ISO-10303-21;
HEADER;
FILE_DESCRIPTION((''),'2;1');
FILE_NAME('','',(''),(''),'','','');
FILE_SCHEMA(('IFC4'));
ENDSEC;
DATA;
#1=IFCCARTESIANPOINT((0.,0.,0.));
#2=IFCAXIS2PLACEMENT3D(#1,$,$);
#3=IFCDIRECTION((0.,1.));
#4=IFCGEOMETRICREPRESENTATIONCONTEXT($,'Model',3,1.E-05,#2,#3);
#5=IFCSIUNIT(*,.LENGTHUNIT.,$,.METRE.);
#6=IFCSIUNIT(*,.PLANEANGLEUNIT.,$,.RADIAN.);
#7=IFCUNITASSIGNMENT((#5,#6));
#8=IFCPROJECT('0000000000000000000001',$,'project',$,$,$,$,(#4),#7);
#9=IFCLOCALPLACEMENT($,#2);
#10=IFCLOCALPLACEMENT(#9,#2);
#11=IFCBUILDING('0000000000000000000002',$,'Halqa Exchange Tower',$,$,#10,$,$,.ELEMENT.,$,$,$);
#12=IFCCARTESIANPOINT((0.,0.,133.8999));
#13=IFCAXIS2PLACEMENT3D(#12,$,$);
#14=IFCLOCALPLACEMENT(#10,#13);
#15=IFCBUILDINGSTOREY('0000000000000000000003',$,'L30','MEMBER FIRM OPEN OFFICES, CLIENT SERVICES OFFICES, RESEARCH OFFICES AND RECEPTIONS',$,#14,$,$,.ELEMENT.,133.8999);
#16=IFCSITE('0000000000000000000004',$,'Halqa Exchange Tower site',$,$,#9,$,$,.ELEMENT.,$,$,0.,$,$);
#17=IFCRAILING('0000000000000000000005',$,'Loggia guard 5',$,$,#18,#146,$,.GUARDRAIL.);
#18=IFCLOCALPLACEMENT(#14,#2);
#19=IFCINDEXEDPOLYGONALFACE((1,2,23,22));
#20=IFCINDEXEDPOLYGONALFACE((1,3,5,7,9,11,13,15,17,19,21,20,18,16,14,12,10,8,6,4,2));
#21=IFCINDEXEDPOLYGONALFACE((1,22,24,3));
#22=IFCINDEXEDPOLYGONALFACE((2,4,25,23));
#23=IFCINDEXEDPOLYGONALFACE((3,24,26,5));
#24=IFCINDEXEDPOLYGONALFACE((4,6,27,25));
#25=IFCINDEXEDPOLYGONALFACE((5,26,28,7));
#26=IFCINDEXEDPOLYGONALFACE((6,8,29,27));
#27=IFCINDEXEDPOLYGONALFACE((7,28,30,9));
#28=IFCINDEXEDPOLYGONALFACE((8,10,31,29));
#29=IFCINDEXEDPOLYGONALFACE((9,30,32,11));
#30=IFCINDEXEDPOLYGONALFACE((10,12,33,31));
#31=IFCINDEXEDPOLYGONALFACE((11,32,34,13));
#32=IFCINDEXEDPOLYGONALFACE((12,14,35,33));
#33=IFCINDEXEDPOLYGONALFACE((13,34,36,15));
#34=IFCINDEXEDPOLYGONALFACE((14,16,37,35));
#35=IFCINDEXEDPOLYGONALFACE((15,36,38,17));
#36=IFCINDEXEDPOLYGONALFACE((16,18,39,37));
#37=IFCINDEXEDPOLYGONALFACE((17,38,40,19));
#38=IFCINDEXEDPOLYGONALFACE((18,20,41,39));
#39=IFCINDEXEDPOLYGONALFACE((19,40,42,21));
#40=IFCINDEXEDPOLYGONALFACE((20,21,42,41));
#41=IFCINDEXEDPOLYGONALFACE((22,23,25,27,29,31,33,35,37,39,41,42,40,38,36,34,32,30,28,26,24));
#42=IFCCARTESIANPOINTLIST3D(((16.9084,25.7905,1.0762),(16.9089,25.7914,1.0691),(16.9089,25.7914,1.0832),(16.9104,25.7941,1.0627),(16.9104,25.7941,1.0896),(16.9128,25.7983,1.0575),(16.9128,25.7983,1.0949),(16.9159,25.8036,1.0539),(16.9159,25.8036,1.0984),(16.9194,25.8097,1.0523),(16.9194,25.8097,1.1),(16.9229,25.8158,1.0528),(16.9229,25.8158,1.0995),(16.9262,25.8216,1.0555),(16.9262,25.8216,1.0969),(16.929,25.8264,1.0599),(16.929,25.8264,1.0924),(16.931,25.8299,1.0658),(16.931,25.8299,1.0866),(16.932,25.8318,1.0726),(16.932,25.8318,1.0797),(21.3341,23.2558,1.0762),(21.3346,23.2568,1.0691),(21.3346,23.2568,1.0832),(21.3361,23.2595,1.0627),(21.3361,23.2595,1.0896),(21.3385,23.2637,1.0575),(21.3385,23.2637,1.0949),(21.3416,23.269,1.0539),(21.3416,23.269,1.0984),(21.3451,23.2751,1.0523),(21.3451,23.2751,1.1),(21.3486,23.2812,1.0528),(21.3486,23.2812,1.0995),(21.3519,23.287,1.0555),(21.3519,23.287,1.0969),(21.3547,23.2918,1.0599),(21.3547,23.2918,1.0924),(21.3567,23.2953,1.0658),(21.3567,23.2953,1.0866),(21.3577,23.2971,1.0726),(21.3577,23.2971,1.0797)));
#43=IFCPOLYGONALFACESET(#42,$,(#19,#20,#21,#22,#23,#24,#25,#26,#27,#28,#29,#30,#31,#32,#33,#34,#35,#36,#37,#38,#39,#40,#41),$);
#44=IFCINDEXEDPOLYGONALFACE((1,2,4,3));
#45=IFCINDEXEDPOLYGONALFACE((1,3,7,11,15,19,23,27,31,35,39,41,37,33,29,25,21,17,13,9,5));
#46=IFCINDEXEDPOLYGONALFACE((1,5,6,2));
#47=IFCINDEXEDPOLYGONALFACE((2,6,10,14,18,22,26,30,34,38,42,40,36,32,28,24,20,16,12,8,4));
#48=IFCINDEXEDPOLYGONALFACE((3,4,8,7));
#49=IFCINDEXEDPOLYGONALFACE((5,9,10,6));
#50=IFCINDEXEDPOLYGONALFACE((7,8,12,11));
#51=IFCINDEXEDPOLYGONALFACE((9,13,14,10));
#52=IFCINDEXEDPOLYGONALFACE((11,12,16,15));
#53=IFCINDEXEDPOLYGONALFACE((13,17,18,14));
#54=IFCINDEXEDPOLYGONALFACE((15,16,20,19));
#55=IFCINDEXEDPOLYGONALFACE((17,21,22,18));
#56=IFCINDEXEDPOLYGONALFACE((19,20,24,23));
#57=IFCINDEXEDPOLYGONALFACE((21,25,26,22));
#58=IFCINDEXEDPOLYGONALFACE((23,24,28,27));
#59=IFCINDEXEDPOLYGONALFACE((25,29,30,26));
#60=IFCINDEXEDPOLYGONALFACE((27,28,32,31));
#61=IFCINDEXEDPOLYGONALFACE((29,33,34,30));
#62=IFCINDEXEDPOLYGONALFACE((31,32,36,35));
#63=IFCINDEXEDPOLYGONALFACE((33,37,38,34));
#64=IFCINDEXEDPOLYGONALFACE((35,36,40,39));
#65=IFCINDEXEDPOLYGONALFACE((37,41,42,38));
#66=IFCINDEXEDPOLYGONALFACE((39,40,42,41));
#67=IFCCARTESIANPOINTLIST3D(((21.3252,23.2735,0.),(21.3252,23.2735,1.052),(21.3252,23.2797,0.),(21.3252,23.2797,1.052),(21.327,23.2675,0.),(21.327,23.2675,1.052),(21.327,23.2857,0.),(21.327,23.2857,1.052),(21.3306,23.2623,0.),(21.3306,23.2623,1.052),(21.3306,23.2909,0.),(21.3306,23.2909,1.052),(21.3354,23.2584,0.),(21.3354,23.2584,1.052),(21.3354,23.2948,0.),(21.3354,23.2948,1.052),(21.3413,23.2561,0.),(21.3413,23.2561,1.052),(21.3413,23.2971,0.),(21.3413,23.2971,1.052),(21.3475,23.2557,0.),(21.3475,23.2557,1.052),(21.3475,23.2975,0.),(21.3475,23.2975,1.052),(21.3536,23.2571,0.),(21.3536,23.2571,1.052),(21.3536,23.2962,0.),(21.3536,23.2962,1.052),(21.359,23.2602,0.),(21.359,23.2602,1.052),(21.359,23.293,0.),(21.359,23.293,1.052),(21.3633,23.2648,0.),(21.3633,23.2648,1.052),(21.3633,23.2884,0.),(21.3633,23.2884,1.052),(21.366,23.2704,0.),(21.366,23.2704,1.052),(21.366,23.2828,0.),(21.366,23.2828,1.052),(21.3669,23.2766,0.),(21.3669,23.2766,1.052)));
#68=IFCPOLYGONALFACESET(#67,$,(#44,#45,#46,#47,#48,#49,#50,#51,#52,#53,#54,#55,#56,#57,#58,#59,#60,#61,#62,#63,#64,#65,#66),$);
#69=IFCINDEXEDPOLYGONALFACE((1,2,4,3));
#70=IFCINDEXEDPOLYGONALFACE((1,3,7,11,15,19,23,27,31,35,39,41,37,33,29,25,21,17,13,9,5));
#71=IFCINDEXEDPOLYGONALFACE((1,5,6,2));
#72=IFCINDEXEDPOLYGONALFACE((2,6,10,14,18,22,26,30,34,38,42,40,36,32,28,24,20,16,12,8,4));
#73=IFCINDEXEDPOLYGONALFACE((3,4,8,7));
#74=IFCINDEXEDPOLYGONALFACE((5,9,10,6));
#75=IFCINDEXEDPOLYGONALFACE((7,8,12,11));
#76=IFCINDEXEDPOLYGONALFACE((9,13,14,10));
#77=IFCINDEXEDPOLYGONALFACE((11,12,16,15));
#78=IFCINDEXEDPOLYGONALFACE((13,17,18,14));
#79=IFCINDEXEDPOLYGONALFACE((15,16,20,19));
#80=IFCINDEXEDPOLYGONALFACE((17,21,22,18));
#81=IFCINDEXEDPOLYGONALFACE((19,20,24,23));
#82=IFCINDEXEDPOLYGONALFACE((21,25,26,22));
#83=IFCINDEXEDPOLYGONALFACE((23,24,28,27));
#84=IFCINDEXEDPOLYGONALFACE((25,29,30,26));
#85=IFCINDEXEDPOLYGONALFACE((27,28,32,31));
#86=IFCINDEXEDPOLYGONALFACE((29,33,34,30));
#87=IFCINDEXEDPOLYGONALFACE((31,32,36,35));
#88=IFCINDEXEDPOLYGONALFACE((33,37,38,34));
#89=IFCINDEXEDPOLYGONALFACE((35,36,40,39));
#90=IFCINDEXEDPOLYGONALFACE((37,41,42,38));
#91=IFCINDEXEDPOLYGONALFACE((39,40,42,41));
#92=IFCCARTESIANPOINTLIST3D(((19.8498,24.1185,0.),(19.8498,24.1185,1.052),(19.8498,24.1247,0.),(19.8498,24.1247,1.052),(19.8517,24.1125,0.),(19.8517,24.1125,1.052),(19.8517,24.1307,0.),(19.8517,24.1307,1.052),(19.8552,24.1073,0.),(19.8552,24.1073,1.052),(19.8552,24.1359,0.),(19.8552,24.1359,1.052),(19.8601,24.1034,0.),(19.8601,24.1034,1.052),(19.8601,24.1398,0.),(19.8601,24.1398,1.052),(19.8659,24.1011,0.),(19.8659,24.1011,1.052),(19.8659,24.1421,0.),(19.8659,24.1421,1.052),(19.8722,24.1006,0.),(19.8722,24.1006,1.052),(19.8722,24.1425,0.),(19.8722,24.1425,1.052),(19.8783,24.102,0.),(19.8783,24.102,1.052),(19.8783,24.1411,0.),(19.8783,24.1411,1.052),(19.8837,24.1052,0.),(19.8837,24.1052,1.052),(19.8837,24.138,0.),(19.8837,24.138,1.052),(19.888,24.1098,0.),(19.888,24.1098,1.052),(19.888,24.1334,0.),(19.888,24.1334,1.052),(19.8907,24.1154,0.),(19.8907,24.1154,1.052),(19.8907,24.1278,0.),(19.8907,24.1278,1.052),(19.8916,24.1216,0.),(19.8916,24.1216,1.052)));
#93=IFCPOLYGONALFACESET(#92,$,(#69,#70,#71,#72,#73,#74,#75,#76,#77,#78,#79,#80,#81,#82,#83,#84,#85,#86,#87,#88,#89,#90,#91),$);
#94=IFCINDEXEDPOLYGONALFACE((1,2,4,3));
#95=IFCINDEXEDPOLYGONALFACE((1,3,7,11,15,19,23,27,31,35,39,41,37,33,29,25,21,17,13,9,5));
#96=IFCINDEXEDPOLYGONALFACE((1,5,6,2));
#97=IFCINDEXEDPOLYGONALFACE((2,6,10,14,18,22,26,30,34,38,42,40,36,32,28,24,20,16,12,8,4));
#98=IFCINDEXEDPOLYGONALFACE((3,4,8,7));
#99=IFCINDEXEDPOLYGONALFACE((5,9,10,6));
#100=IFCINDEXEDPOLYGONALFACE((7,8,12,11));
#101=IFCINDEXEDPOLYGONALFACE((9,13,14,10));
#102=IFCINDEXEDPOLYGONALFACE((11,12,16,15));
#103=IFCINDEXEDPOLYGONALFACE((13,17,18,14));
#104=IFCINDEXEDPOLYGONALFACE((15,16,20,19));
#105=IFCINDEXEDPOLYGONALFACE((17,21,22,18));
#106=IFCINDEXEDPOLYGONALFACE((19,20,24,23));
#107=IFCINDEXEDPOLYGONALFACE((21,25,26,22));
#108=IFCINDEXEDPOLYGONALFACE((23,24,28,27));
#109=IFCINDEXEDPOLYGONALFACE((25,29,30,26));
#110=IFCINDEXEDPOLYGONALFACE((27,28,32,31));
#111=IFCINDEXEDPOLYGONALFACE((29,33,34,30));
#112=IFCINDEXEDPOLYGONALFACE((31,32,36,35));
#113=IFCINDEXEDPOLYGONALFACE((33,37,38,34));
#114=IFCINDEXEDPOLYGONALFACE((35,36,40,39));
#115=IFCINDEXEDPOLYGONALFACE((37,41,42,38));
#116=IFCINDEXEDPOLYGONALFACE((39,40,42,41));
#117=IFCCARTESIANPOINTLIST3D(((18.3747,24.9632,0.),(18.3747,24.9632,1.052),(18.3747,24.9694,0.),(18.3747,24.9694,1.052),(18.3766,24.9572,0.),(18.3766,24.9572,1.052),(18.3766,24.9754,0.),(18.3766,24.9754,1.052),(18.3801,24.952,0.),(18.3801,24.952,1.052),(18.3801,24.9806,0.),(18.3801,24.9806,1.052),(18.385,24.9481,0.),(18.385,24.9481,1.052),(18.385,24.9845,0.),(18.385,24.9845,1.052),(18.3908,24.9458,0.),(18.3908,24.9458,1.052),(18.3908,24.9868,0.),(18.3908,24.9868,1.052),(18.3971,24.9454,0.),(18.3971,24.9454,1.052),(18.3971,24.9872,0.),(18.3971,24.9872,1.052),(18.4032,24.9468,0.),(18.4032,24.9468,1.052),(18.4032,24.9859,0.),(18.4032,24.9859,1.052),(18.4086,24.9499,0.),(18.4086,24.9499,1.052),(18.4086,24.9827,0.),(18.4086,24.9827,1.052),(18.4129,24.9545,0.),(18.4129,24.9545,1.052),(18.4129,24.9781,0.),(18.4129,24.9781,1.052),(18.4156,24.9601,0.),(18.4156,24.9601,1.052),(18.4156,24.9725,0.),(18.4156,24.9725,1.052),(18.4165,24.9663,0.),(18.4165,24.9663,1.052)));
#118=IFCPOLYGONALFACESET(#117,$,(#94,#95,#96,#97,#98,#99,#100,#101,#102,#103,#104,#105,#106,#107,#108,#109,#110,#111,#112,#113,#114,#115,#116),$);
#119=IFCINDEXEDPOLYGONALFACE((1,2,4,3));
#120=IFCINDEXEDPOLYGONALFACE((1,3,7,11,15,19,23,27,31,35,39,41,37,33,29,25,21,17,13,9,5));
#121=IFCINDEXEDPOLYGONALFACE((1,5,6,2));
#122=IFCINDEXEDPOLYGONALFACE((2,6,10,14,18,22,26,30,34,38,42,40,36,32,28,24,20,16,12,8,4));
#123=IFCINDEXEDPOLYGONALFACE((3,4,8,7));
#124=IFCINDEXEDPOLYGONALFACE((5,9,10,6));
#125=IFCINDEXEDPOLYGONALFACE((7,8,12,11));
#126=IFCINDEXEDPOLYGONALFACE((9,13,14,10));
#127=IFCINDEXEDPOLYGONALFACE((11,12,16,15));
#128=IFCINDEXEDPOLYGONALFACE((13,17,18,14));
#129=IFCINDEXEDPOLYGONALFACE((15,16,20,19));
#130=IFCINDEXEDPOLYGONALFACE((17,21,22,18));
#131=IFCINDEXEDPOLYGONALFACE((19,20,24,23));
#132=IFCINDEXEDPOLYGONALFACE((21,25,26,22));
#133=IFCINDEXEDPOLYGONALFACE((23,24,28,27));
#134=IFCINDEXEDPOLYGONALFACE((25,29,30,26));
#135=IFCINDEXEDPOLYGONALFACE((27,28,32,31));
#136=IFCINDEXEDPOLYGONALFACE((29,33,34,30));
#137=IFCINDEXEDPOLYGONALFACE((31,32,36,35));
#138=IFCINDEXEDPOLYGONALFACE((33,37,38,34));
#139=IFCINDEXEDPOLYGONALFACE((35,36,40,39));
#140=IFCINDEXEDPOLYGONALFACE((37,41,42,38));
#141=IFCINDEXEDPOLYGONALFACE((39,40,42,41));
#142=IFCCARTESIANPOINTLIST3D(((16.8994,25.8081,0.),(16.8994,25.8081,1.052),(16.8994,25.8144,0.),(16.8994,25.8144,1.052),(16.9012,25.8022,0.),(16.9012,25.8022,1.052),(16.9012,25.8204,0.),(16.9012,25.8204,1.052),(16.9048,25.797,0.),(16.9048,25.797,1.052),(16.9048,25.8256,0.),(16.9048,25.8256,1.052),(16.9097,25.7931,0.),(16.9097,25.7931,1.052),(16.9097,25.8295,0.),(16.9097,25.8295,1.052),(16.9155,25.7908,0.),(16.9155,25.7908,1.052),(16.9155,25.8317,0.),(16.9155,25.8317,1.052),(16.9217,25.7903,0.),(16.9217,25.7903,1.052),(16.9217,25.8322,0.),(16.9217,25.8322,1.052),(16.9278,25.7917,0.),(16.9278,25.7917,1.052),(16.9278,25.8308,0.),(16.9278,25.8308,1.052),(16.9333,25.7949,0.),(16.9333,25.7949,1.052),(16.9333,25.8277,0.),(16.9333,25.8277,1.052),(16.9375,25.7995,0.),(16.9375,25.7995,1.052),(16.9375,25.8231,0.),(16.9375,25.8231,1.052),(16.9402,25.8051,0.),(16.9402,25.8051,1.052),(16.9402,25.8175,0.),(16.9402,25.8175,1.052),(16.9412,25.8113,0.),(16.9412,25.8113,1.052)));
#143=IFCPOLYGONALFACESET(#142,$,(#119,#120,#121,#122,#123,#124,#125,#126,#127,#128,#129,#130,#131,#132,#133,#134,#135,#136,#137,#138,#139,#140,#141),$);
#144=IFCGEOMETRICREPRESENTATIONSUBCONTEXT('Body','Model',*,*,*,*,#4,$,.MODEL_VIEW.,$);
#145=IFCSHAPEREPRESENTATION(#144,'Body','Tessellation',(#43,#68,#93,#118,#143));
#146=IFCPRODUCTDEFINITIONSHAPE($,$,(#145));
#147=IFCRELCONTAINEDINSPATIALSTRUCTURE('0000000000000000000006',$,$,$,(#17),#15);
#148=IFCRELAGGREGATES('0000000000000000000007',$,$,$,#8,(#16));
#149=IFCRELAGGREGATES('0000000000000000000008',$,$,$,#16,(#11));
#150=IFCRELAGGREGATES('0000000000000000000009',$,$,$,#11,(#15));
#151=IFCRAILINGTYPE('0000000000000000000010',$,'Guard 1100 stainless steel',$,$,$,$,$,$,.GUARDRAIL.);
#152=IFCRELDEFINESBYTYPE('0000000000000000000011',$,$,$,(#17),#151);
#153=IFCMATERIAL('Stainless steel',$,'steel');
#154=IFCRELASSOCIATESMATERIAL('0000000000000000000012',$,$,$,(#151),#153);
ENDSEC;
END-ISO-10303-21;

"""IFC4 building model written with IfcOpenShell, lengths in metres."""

from ifc_helpers import new_model, si_unit, direction, frame, origin, origin_2d, place, context, subcontext, project, spatial, circle, extrude, material, type_object, element, save


model = new_model("IFC4")

# Units and contexts
model_context = context("Model", 3, precision=1e-05, world=origin(), true_north=direction((0.0, 1.0)))
body_context = subcontext(model_context, "Body", "Model", "MODEL_VIEW")
ifc_project = project(units=[si_unit("LENGTHUNIT", "METRE"), si_unit("PLANEANGLEUNIT", "RADIAN")], contexts=[model_context])

# Site, building, storey
site_placement = place(None, origin())
site = spatial("IfcSite", under=ifc_project, at=site_placement, Name="Halqa Exchange Tower site", CompositionType="ELEMENT", RefElevation=0.0)
building_placement = place(site_placement, origin())
building = spatial("IfcBuilding", under=site, at=building_placement, Name="Halqa Exchange Tower", CompositionType="ELEMENT")
storey_placement = place(building_placement, frame((0.0, 0.0, 133.8999)))
storey = spatial("IfcBuildingStorey", under=building, at=storey_placement, Name="L30", Description="MEMBER FIRM OPEN OFFICES, CLIENT SERVICES OFFICES, RESEARCH OFFICES AND RECEPTIONS", CompositionType="ELEMENT", Elevation=133.8999)

# Railing
ifc_material_1 = material(Name="Stainless steel", Category="steel")
railing_type = type_object("IfcRailingType", Name="Guard 1100 stainless steel", PredefinedType="GUARDRAIL", material=ifc_material_1)
railing_1_placement = place(storey_placement, frame((21.3459, 23.2766, 0.0)))
element("IfcRailing", 1, at=railing_1_placement, inside=storey, type_object=railing_type, Name="Loggia guard 5", PredefinedType="GUARDRAIL", context=body_context, shape_type="SweptSolid", body=[
    extrude(circle(Radius=0.0239, at=origin_2d()), frame((0.0, 0.0, 1.0762), z_axis=(-0.867766, 0.496974, 0.0), x_axis=(-0.496974, -0.867766, 0.0)), (0.0, 0.0, 1.0), 5.1001),
    extrude(circle(Radius=0.021, at=origin_2d()), origin(), (0.0, 0.0, 1.0), 1.052),
    extrude(circle(Radius=0.021, at=origin_2d()), frame((-1.4753, 0.845, 0.0)), (0.0, 0.0, 1.0), 1.052),
    extrude(circle(Radius=0.021, at=origin_2d()), frame((-2.9504, 1.6897, 0.0)), (0.0, 0.0, 1.0), 1.052),
    extrude(circle(Radius=0.021, at=origin_2d()), frame((-4.4258, 2.5347, 0.0)), (0.0, 0.0, 1.0), 1.052),
])

save(model, "model.ifc")
